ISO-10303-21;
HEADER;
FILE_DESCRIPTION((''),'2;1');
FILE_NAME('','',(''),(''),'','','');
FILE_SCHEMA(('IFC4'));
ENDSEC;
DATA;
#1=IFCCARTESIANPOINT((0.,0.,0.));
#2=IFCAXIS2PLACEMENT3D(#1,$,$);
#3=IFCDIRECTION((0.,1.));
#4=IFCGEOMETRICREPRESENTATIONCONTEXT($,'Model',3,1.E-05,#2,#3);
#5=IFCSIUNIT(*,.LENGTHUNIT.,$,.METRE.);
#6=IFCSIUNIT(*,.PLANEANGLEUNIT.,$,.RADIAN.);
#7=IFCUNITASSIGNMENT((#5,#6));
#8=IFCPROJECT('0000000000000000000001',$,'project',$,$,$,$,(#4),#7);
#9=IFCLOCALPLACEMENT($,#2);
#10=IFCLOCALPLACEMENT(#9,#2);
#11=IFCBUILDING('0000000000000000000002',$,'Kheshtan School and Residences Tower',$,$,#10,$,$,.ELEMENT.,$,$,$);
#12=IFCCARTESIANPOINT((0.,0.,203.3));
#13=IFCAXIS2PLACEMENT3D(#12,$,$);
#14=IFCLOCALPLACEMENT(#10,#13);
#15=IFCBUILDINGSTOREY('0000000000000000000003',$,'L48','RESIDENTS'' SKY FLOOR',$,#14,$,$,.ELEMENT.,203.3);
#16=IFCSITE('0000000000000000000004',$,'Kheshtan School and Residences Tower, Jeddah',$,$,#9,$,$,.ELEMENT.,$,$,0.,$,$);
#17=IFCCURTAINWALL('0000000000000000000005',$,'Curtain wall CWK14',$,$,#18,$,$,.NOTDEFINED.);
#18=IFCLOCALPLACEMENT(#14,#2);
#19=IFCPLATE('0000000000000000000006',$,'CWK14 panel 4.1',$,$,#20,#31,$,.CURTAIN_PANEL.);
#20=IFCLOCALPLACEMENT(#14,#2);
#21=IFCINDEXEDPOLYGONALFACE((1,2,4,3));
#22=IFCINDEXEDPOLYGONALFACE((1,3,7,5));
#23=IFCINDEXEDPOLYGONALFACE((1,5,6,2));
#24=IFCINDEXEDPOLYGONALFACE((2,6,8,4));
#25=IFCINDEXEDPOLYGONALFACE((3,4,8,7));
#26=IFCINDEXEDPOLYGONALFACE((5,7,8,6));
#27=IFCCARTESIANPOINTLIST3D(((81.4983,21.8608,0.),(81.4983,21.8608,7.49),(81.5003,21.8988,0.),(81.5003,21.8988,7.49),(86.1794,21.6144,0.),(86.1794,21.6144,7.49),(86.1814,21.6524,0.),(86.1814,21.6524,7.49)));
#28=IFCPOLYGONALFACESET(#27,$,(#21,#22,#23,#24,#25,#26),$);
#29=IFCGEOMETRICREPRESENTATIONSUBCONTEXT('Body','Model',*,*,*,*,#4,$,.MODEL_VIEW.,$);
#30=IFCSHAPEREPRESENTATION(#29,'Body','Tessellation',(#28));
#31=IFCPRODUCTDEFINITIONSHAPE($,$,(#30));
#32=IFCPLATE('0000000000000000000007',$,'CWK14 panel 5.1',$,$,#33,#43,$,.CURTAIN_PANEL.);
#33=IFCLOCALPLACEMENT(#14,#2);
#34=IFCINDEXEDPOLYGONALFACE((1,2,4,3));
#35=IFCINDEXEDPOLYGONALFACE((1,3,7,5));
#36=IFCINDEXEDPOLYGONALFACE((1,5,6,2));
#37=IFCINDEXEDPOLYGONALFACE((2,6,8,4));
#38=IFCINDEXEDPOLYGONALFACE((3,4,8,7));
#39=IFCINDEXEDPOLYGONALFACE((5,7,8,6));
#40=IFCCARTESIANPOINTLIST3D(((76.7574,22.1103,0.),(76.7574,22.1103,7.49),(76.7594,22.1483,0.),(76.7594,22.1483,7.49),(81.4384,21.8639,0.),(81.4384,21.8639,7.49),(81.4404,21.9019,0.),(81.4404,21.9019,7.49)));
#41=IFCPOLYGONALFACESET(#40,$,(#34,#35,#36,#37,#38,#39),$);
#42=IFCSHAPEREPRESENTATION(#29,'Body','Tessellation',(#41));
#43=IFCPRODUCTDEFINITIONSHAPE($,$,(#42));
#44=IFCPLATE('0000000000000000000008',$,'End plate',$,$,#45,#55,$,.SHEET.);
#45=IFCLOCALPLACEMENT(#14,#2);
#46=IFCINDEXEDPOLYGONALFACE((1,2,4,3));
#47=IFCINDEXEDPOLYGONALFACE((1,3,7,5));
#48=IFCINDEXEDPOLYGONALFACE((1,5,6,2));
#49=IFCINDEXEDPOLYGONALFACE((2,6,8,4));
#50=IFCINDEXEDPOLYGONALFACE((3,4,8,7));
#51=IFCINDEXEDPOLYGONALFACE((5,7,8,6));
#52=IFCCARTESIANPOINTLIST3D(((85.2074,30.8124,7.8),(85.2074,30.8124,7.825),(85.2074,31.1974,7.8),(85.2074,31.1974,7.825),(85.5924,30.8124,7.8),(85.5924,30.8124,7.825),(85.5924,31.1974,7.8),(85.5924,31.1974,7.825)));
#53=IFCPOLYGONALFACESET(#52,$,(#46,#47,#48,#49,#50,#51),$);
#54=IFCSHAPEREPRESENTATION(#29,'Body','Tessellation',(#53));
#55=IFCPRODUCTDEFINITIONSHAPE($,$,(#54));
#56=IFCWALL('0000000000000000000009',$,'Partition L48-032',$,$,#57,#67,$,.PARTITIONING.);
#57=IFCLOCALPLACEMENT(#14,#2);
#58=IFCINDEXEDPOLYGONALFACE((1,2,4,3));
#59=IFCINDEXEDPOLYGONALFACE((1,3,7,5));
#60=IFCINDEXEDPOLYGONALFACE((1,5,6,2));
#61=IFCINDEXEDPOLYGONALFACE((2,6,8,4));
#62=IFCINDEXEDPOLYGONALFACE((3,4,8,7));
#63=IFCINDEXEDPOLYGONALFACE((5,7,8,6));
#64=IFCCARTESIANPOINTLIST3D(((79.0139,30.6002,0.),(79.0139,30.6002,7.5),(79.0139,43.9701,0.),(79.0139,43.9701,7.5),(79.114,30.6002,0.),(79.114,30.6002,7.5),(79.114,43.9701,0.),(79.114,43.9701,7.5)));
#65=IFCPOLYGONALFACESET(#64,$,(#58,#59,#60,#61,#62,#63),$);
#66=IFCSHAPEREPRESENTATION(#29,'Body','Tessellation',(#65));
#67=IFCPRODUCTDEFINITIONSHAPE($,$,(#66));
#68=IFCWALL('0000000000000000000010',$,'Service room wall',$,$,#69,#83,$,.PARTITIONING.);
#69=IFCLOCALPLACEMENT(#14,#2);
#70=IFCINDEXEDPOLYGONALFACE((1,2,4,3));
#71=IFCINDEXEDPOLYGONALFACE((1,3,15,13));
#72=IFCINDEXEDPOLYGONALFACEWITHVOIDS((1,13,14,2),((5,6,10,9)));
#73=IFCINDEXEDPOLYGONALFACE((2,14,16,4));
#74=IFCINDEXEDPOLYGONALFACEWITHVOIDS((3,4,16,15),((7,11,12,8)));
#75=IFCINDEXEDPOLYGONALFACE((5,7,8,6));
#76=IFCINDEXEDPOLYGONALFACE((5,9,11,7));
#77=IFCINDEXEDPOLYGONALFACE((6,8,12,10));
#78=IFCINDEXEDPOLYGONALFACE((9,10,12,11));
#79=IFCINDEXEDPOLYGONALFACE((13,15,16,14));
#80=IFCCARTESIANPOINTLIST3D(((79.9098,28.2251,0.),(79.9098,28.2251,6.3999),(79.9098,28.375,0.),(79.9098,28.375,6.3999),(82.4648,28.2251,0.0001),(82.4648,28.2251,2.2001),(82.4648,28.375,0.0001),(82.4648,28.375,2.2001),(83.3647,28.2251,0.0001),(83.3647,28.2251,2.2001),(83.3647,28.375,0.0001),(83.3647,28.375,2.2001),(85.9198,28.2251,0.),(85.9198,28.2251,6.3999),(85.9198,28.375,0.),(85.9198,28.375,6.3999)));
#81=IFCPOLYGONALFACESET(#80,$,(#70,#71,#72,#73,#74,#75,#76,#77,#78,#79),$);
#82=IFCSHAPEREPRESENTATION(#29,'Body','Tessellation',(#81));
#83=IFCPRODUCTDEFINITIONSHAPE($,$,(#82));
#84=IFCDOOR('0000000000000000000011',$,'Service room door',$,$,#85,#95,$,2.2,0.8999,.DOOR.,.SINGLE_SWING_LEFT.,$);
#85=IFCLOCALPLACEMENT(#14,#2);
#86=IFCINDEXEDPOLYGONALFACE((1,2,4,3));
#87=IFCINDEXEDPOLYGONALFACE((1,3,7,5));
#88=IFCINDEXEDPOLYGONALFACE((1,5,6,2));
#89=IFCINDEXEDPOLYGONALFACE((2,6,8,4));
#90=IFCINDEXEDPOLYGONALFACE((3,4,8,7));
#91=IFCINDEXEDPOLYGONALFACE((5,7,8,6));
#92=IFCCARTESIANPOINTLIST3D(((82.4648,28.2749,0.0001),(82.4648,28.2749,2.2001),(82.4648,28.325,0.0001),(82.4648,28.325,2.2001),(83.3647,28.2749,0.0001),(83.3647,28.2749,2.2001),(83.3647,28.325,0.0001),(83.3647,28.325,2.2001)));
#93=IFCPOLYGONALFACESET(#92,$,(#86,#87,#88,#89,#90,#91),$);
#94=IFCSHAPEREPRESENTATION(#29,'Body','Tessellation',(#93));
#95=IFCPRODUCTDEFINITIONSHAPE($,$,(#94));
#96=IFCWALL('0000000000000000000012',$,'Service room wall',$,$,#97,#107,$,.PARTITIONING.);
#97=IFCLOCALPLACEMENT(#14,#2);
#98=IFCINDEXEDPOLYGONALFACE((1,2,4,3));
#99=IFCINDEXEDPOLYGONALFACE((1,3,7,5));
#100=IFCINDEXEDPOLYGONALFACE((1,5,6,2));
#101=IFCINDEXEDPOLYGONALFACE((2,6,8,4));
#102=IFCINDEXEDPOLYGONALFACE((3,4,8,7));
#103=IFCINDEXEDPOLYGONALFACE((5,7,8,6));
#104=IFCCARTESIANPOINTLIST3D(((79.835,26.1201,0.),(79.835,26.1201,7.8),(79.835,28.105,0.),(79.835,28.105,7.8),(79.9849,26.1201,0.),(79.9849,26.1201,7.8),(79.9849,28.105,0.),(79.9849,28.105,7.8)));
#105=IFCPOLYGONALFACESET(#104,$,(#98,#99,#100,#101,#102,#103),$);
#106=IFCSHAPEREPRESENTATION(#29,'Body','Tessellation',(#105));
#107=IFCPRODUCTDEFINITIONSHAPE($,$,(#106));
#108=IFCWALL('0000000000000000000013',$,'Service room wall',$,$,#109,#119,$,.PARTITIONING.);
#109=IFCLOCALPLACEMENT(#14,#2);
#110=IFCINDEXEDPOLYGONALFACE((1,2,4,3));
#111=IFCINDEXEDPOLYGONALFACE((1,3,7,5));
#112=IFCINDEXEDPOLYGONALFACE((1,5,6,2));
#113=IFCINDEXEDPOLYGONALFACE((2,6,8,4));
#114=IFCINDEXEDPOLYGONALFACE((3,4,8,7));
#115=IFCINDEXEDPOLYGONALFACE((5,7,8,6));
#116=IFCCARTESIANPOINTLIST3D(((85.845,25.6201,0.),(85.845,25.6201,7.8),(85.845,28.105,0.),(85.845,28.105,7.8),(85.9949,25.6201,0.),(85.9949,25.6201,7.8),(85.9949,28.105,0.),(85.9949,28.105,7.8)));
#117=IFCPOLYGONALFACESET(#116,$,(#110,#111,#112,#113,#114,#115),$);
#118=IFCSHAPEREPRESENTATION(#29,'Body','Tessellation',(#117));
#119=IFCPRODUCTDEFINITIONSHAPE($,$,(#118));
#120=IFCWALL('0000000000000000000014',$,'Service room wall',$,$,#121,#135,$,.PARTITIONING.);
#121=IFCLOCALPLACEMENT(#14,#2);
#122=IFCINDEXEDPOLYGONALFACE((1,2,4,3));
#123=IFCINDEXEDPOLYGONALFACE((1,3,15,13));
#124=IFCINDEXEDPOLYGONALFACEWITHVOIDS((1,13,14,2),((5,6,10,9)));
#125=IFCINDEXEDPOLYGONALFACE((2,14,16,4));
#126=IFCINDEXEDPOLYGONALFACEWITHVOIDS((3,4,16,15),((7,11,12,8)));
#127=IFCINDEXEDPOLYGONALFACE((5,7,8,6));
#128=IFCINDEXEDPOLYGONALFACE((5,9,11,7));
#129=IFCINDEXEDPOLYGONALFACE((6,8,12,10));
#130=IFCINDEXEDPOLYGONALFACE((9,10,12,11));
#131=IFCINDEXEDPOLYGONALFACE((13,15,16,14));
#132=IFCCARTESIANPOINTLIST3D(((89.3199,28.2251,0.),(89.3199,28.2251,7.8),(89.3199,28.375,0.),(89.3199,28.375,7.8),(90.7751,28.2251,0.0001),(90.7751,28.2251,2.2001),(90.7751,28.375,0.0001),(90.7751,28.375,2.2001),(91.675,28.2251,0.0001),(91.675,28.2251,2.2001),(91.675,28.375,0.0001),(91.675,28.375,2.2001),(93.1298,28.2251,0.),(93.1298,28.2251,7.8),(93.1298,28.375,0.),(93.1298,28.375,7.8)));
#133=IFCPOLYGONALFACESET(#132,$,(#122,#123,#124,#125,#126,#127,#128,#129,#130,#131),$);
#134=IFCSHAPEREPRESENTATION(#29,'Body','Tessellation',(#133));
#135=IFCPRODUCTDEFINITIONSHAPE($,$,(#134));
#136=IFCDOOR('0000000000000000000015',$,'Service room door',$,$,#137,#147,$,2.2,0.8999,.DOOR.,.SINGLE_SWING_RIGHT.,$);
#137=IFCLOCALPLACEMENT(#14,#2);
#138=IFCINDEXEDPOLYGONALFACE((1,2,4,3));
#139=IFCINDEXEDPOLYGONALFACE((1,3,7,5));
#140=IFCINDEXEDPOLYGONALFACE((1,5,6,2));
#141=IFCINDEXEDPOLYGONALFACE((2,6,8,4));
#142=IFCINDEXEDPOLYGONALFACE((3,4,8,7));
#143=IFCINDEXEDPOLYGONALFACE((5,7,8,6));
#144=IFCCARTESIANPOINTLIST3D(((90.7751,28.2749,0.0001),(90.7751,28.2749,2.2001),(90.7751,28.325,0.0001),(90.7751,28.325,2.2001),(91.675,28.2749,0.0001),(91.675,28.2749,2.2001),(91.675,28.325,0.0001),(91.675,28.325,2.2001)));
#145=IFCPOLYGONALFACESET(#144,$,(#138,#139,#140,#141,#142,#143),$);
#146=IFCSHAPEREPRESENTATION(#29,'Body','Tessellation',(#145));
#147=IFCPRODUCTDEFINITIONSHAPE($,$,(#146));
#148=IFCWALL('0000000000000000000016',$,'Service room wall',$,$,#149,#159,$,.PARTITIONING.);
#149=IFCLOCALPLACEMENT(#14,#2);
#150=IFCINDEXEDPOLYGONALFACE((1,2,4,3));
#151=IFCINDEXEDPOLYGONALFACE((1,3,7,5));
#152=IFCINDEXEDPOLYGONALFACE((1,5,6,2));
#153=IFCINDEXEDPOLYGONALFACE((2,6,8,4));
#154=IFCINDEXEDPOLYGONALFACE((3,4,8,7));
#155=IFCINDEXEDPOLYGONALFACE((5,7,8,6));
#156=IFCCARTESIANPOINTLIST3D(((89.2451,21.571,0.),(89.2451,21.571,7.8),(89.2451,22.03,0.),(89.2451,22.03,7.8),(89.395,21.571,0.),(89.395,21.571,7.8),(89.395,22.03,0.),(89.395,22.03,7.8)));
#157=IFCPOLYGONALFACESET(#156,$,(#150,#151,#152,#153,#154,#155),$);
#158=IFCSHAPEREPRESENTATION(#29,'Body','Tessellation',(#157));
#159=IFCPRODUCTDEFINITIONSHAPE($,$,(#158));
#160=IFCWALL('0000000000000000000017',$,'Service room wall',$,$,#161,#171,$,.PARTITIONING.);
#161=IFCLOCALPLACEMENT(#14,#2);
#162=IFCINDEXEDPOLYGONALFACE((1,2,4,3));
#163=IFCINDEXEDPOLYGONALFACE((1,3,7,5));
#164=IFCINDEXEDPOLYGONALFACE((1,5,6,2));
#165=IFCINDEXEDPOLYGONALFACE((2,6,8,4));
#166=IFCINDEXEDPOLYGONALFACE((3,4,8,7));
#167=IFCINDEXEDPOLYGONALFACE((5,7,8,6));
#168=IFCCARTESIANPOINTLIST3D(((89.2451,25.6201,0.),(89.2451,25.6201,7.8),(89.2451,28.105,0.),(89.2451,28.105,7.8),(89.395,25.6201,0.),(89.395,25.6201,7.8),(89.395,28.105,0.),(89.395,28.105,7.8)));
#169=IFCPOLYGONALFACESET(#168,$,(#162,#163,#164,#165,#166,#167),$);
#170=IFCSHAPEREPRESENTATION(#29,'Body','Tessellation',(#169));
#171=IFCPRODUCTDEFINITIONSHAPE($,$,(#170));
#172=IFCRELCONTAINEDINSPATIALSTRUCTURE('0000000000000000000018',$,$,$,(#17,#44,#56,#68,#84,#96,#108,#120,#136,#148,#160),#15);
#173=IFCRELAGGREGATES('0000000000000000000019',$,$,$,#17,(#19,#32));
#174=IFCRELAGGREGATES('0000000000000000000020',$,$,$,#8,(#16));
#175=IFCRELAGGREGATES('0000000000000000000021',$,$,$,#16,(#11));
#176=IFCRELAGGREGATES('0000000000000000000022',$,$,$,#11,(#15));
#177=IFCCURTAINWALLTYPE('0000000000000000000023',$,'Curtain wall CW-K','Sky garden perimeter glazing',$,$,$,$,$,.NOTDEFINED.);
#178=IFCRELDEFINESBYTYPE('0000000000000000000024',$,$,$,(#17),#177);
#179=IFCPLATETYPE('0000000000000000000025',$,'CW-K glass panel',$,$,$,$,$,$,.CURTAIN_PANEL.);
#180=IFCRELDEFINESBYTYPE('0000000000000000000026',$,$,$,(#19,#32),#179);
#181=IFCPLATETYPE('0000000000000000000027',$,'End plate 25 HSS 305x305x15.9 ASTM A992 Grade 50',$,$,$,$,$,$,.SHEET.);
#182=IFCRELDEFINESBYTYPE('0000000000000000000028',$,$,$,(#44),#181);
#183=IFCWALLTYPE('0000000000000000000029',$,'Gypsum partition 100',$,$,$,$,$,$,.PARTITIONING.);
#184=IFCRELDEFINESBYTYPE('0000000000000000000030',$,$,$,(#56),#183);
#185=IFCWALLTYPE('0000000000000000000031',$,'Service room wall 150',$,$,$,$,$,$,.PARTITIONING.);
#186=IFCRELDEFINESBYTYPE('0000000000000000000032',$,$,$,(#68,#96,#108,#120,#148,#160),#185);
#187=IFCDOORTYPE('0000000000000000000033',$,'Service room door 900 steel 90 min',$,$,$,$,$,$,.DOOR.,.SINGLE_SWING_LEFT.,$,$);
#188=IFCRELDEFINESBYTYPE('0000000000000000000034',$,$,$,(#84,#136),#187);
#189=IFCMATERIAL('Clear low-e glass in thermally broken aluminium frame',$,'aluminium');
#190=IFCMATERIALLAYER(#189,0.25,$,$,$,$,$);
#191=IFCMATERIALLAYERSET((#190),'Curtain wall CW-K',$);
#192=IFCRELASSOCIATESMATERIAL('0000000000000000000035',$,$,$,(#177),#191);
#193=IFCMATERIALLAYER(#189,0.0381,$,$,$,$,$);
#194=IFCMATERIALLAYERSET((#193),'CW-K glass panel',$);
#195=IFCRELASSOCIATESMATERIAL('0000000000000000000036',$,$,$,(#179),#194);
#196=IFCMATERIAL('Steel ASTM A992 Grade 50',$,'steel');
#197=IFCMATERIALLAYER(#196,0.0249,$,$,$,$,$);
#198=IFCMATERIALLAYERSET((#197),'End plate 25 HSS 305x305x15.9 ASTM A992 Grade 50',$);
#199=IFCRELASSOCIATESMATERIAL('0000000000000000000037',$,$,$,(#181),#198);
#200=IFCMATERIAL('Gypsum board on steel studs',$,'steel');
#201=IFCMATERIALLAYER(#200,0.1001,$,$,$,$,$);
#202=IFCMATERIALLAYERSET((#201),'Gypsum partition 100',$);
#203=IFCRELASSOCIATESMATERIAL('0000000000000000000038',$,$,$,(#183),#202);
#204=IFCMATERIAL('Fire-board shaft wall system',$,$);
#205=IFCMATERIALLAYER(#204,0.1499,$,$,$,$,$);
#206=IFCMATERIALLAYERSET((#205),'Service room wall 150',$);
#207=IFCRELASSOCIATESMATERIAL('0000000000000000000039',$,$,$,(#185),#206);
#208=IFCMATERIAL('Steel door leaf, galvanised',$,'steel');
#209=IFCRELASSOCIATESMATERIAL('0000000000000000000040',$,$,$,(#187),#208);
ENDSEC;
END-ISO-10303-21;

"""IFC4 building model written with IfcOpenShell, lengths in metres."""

from ifc_helpers import new_model, si_unit, direction, frame, frame_2d, origin, origin_2d, place, context, subcontext, project, spatial, rectangle, extrude, source, transform, mapped, material, layer, layer_set, type_object, element, fill, aggregate, save


model = new_model("IFC4")

# Units and contexts
model_context = context("Model", 3, precision=1e-05, world=origin(), true_north=direction((0.0, 1.0)))
body_context = subcontext(model_context, "Body", "Model", "MODEL_VIEW")
ifc_project = project(units=[si_unit("LENGTHUNIT", "METRE"), si_unit("PLANEANGLEUNIT", "RADIAN")], contexts=[model_context])

# Site, building, storey
site_placement = place(None, origin())
site = spatial("IfcSite", under=ifc_project, at=site_placement, Name="Kheshtan School and Residences Tower, Jeddah", CompositionType="ELEMENT", RefElevation=0.0)
building_placement = place(site_placement, origin())
building = spatial("IfcBuilding", under=site, at=building_placement, Name="Kheshtan School and Residences Tower", CompositionType="ELEMENT")
storey_placement = place(building_placement, frame((0.0, 0.0, 203.3)))
storey = spatial("IfcBuildingStorey", under=building, at=storey_placement, Name="L48", Description="RESIDENTS' SKY FLOOR", CompositionType="ELEMENT", Elevation=203.3)

# Shared definitions
ifc_material_1 = material(Name="Steel ASTM A992 Grade 50", Category="steel")

# Curtain wall, plates
ifc_material_2 = material(Name="Clear low-e glass in thermally broken aluminium frame", Category="aluminium")
ifc_layer_1 = layer(ifc_material_2, 0.25)
ifc_layer_set_1 = layer_set([ifc_layer_1], Name="Curtain wall CW-K")
curtain_wall_type = type_object("IfcCurtainWallType", Name="Curtain wall CW-K", Description="Sky garden perimeter glazing", PredefinedType="NOTDEFINED", material=ifc_layer_set_1)
curtain_wall_placement = place(storey_placement, origin())
curtain_wall = element("IfcCurtainWall", 1, at=curtain_wall_placement, inside=storey, type_object=curtain_wall_type, Name="Curtain wall CWK14", PredefinedType="NOTDEFINED")
ifc_layer_2 = layer(ifc_material_2, 0.0381)
ifc_layer_set_2 = layer_set([ifc_layer_2], Name="CW-K glass panel")
plate_type_1 = type_object("IfcPlateType", Name="CW-K glass panel", PredefinedType="CURTAIN_PANEL", material=ifc_layer_set_2)
plate_1_placement = place(storey_placement, frame((83.8398, 21.7566, 0.0), z_axis=(0.0, 0.0, 1.0), x_axis=(-0.998617, 0.05257, 0.0)))
plate_1 = element("IfcPlate", 2, at=plate_1_placement, type_object=plate_type_1, Name="CWK14 panel 4.1", PredefinedType="CURTAIN_PANEL", context=body_context, shape_type="SweptSolid", body=[
    extrude(rectangle(XDim=4.6875, YDim=0.0381, at=origin_2d()), origin(), (0.0, 0.0, 1.0), 7.49),
])
plate_2_placement = place(storey_placement, frame((79.0989, 22.0061, 0.0), z_axis=(0.0, 0.0, 1.0), x_axis=(-0.998617, 0.05257, 0.0)))
plate_2 = element("IfcPlate", 3, at=plate_2_placement, type_object=plate_type_1, Name="CWK14 panel 5.1", PredefinedType="CURTAIN_PANEL", context=body_context, shape_type="SweptSolid", body=[
    extrude(rectangle(XDim=4.6875, YDim=0.0381, at=origin_2d()), origin(), (0.0, 0.0, 1.0), 7.49),
])
aggregate(curtain_wall, [plate_1, plate_2])

# Plate
ifc_layer_3 = layer(ifc_material_1, 0.0249)
ifc_layer_set_3 = layer_set([ifc_layer_3], Name="End plate 25 HSS 305x305x15.9 ASTM A992 Grade 50")
plate_type_2 = type_object("IfcPlateType", Name="End plate 25 HSS 305x305x15.9 ASTM A992 Grade 50", PredefinedType="SHEET", material=ifc_layer_set_3)
plate_3_placement = place(storey_placement, frame((85.3999, 31.0049, 7.8), z_axis=(0.0, 0.0, 1.0), x_axis=(1.0, 0.0, 0.0)))
element("IfcPlate", 4, at=plate_3_placement, inside=storey, type_object=plate_type_2, Name="End plate", PredefinedType="SHEET", context=body_context, shape_type="SweptSolid", body=[
    extrude(rectangle(XDim=0.385, YDim=0.385, at=origin_2d()), origin(), (0.0, 0.0, 1.0), 0.0249),
])

# Wall
ifc_material_3 = material(Name="Gypsum board on steel studs", Category="steel")
ifc_layer_4 = layer(ifc_material_3, 0.1001)
ifc_layer_set_4 = layer_set([ifc_layer_4], Name="Gypsum partition 100")
wall_type_1 = type_object("IfcWallType", Name="Gypsum partition 100", PredefinedType="PARTITIONING", material=ifc_layer_set_4)
wall_1_placement = place(storey_placement, frame((79.064, 30.6001, 0.0), z_axis=(0.0, 0.0, 1.0), x_axis=(0.0, 1.0, 0.0)))
element("IfcWall", 5, at=wall_1_placement, inside=storey, type_object=wall_type_1, Name="Partition L48-032", PredefinedType="PARTITIONING", context=body_context, shape_type="SweptSolid", body=[
    extrude(rectangle(XDim=13.3699, YDim=0.1001, at=frame_2d((6.6851, 0.0))), origin(), (0.0, 0.0, 1.0), 7.5),
])

# Wall, opening, door
ifc_material_4 = material(Name="Fire-board shaft wall system")
ifc_layer_5 = layer(ifc_material_4, 0.1499)
ifc_layer_set_5 = layer_set([ifc_layer_5], Name="Service room wall 150")
wall_type_2 = type_object("IfcWallType", Name="Service room wall 150", PredefinedType="PARTITIONING", material=ifc_layer_set_5)
wall_2_placement = place(storey_placement, frame((79.9099, 28.3, 0.0), z_axis=(0.0, 0.0, 1.0), x_axis=(1.0, 0.0, 0.0)))
wall_2 = element("IfcWall", 6, at=wall_2_placement, inside=storey, type_object=wall_type_2, Name="Service room wall", PredefinedType="PARTITIONING", context=body_context, shape_type="SweptSolid", body=[
    extrude(rectangle(XDim=6.01, YDim=0.1499, at=frame_2d((3.0049, 0.0))), origin(), (0.0, 0.0, 1.0), 6.3999),
])
opening_1_placement = place(wall_2_placement, frame((2.5549, 0.0, 0.0)))
opening_1 = element("IfcOpeningElement", 7, at=opening_1_placement, cuts=wall_2, PredefinedType="OPENING", context=body_context, shape_type="SweptSolid", body=[
    extrude(rectangle(XDim=0.8999, YDim=2.2, at=frame_2d((0.45, 1.1001))), frame((0.0, 0.085, 0.0), z_axis=(0.0, -1.0, 0.0), x_axis=(1.0, 0.0, 0.0)), (0.0, 0.0, 1.0), 0.1699),
])
ifc_material_5 = material(Name="Steel door leaf, galvanised", Category="steel")
door_type_1 = type_object("IfcDoorType", Name="Service room door 900 steel 90 min", OperationType="SINGLE_SWING_LEFT", PredefinedType="DOOR", material=ifc_material_5)
shared_shape_1 = source(origin(), body_context, "Body", "SweptSolid", [
    extrude(rectangle(XDim=0.8999, YDim=2.2, at=frame_2d((0.45, 1.1001))), frame((0.0, 0.0249, 0.0), z_axis=(0.0, -1.0, 0.0), x_axis=(1.0, 0.0, 0.0)), (0.0, 0.0, 1.0), 0.05),
])
door_1_placement = place(opening_1_placement, origin())
door_1 = element("IfcDoor", 8, at=door_1_placement, inside=storey, type_object=door_type_1, Name="Service room door", OperationType="SINGLE_SWING_LEFT", OverallHeight=2.2, OverallWidth=0.8999, PredefinedType="DOOR", context=body_context, shape_type="MappedRepresentation", body=[
    mapped(shared_shape_1, transform((0.0, 0.0, 0.0), x_axis=(1.0, 0.0, 0.0), y_axis=(0.0, 1.0, 0.0), z_axis=(0.0, 0.0, 1.0), scale=1.0)),
])
fill(opening_1, door_1)

# Walls
wall_3_placement = place(storey_placement, frame((79.9099, 26.1201, 0.0), z_axis=(0.0, 0.0, 1.0), x_axis=(0.0, 1.0, 0.0)))
element("IfcWall", 9, at=wall_3_placement, inside=storey, type_object=wall_type_2, Name="Service room wall", PredefinedType="PARTITIONING", context=body_context, shape_type="SweptSolid", body=[
    extrude(rectangle(XDim=1.9849, YDim=0.1499, at=frame_2d((0.9924, 0.0))), origin(), (0.0, 0.0, 1.0), 7.8),
])
wall_4_placement = place(storey_placement, frame((85.9199, 25.6201, 0.0), z_axis=(0.0, 0.0, 1.0), x_axis=(0.0, 1.0, 0.0)))
element("IfcWall", 10, at=wall_4_placement, inside=storey, type_object=wall_type_2, Name="Service room wall", PredefinedType="PARTITIONING", context=body_context, shape_type="SweptSolid", body=[
    extrude(rectangle(XDim=2.4849, YDim=0.1499, at=frame_2d((1.2424, 0.0))), origin(), (0.0, 0.0, 1.0), 7.8),
])

# Wall, opening, door
wall_5_placement = place(storey_placement, frame((89.3201, 28.3, 0.0), z_axis=(0.0, 0.0, 1.0), x_axis=(1.0, 0.0, 0.0)))
wall_5 = element("IfcWall", 11, at=wall_5_placement, inside=storey, type_object=wall_type_2, Name="Service room wall", PredefinedType="PARTITIONING", context=body_context, shape_type="SweptSolid", body=[
    extrude(rectangle(XDim=3.8098, YDim=0.1499, at=frame_2d((1.9048, 0.0))), origin(), (0.0, 0.0, 1.0), 7.8),
])
opening_2_placement = place(wall_5_placement, frame((1.4551, 0.0, 0.0)))
opening_2 = element("IfcOpeningElement", 12, at=opening_2_placement, cuts=wall_5, PredefinedType="OPENING", context=body_context, shape_type="SweptSolid", body=[
    extrude(rectangle(XDim=0.8999, YDim=2.2, at=frame_2d((0.45, 1.1001))), frame((0.0, 0.085, 0.0), z_axis=(0.0, -1.0, 0.0), x_axis=(1.0, 0.0, 0.0)), (0.0, 0.0, 1.0), 0.1699),
])
door_2_placement = place(opening_2_placement, origin())
door_2 = element("IfcDoor", 13, at=door_2_placement, inside=storey, type_object=door_type_1, Name="Service room door", OperationType="SINGLE_SWING_RIGHT", OverallHeight=2.2, OverallWidth=0.8999, PredefinedType="DOOR", context=body_context, shape_type="MappedRepresentation", body=[
    mapped(shared_shape_1, transform((0.0, 0.0, 0.0), x_axis=(1.0, 0.0, 0.0), y_axis=(0.0, 1.0, 0.0), z_axis=(0.0, 0.0, 1.0), scale=1.0)),
])
fill(opening_2, door_2)

# Walls
wall_6_placement = place(storey_placement, frame((89.3201, 21.571, 0.0), z_axis=(0.0, 0.0, 1.0), x_axis=(0.0, 1.0, 0.0)))
element("IfcWall", 14, at=wall_6_placement, inside=storey, type_object=wall_type_2, Name="Service room wall", PredefinedType="PARTITIONING", context=body_context, shape_type="SweptSolid", body=[
    extrude(rectangle(XDim=0.459, YDim=0.1499, at=frame_2d((0.2295, 0.0))), origin(), (0.0, 0.0, 1.0), 7.8),
])
wall_7_placement = place(storey_placement, frame((89.3201, 25.6201, 0.0), z_axis=(0.0, 0.0, 1.0), x_axis=(0.0, 1.0, 0.0)))
element("IfcWall", 15, at=wall_7_placement, inside=storey, type_object=wall_type_2, Name="Service room wall", PredefinedType="PARTITIONING", context=body_context, shape_type="SweptSolid", body=[
    extrude(rectangle(XDim=2.4849, YDim=0.1499, at=frame_2d((1.2424, 0.0))), origin(), (0.0, 0.0, 1.0), 7.8),
])

save(model, "model.ifc")
